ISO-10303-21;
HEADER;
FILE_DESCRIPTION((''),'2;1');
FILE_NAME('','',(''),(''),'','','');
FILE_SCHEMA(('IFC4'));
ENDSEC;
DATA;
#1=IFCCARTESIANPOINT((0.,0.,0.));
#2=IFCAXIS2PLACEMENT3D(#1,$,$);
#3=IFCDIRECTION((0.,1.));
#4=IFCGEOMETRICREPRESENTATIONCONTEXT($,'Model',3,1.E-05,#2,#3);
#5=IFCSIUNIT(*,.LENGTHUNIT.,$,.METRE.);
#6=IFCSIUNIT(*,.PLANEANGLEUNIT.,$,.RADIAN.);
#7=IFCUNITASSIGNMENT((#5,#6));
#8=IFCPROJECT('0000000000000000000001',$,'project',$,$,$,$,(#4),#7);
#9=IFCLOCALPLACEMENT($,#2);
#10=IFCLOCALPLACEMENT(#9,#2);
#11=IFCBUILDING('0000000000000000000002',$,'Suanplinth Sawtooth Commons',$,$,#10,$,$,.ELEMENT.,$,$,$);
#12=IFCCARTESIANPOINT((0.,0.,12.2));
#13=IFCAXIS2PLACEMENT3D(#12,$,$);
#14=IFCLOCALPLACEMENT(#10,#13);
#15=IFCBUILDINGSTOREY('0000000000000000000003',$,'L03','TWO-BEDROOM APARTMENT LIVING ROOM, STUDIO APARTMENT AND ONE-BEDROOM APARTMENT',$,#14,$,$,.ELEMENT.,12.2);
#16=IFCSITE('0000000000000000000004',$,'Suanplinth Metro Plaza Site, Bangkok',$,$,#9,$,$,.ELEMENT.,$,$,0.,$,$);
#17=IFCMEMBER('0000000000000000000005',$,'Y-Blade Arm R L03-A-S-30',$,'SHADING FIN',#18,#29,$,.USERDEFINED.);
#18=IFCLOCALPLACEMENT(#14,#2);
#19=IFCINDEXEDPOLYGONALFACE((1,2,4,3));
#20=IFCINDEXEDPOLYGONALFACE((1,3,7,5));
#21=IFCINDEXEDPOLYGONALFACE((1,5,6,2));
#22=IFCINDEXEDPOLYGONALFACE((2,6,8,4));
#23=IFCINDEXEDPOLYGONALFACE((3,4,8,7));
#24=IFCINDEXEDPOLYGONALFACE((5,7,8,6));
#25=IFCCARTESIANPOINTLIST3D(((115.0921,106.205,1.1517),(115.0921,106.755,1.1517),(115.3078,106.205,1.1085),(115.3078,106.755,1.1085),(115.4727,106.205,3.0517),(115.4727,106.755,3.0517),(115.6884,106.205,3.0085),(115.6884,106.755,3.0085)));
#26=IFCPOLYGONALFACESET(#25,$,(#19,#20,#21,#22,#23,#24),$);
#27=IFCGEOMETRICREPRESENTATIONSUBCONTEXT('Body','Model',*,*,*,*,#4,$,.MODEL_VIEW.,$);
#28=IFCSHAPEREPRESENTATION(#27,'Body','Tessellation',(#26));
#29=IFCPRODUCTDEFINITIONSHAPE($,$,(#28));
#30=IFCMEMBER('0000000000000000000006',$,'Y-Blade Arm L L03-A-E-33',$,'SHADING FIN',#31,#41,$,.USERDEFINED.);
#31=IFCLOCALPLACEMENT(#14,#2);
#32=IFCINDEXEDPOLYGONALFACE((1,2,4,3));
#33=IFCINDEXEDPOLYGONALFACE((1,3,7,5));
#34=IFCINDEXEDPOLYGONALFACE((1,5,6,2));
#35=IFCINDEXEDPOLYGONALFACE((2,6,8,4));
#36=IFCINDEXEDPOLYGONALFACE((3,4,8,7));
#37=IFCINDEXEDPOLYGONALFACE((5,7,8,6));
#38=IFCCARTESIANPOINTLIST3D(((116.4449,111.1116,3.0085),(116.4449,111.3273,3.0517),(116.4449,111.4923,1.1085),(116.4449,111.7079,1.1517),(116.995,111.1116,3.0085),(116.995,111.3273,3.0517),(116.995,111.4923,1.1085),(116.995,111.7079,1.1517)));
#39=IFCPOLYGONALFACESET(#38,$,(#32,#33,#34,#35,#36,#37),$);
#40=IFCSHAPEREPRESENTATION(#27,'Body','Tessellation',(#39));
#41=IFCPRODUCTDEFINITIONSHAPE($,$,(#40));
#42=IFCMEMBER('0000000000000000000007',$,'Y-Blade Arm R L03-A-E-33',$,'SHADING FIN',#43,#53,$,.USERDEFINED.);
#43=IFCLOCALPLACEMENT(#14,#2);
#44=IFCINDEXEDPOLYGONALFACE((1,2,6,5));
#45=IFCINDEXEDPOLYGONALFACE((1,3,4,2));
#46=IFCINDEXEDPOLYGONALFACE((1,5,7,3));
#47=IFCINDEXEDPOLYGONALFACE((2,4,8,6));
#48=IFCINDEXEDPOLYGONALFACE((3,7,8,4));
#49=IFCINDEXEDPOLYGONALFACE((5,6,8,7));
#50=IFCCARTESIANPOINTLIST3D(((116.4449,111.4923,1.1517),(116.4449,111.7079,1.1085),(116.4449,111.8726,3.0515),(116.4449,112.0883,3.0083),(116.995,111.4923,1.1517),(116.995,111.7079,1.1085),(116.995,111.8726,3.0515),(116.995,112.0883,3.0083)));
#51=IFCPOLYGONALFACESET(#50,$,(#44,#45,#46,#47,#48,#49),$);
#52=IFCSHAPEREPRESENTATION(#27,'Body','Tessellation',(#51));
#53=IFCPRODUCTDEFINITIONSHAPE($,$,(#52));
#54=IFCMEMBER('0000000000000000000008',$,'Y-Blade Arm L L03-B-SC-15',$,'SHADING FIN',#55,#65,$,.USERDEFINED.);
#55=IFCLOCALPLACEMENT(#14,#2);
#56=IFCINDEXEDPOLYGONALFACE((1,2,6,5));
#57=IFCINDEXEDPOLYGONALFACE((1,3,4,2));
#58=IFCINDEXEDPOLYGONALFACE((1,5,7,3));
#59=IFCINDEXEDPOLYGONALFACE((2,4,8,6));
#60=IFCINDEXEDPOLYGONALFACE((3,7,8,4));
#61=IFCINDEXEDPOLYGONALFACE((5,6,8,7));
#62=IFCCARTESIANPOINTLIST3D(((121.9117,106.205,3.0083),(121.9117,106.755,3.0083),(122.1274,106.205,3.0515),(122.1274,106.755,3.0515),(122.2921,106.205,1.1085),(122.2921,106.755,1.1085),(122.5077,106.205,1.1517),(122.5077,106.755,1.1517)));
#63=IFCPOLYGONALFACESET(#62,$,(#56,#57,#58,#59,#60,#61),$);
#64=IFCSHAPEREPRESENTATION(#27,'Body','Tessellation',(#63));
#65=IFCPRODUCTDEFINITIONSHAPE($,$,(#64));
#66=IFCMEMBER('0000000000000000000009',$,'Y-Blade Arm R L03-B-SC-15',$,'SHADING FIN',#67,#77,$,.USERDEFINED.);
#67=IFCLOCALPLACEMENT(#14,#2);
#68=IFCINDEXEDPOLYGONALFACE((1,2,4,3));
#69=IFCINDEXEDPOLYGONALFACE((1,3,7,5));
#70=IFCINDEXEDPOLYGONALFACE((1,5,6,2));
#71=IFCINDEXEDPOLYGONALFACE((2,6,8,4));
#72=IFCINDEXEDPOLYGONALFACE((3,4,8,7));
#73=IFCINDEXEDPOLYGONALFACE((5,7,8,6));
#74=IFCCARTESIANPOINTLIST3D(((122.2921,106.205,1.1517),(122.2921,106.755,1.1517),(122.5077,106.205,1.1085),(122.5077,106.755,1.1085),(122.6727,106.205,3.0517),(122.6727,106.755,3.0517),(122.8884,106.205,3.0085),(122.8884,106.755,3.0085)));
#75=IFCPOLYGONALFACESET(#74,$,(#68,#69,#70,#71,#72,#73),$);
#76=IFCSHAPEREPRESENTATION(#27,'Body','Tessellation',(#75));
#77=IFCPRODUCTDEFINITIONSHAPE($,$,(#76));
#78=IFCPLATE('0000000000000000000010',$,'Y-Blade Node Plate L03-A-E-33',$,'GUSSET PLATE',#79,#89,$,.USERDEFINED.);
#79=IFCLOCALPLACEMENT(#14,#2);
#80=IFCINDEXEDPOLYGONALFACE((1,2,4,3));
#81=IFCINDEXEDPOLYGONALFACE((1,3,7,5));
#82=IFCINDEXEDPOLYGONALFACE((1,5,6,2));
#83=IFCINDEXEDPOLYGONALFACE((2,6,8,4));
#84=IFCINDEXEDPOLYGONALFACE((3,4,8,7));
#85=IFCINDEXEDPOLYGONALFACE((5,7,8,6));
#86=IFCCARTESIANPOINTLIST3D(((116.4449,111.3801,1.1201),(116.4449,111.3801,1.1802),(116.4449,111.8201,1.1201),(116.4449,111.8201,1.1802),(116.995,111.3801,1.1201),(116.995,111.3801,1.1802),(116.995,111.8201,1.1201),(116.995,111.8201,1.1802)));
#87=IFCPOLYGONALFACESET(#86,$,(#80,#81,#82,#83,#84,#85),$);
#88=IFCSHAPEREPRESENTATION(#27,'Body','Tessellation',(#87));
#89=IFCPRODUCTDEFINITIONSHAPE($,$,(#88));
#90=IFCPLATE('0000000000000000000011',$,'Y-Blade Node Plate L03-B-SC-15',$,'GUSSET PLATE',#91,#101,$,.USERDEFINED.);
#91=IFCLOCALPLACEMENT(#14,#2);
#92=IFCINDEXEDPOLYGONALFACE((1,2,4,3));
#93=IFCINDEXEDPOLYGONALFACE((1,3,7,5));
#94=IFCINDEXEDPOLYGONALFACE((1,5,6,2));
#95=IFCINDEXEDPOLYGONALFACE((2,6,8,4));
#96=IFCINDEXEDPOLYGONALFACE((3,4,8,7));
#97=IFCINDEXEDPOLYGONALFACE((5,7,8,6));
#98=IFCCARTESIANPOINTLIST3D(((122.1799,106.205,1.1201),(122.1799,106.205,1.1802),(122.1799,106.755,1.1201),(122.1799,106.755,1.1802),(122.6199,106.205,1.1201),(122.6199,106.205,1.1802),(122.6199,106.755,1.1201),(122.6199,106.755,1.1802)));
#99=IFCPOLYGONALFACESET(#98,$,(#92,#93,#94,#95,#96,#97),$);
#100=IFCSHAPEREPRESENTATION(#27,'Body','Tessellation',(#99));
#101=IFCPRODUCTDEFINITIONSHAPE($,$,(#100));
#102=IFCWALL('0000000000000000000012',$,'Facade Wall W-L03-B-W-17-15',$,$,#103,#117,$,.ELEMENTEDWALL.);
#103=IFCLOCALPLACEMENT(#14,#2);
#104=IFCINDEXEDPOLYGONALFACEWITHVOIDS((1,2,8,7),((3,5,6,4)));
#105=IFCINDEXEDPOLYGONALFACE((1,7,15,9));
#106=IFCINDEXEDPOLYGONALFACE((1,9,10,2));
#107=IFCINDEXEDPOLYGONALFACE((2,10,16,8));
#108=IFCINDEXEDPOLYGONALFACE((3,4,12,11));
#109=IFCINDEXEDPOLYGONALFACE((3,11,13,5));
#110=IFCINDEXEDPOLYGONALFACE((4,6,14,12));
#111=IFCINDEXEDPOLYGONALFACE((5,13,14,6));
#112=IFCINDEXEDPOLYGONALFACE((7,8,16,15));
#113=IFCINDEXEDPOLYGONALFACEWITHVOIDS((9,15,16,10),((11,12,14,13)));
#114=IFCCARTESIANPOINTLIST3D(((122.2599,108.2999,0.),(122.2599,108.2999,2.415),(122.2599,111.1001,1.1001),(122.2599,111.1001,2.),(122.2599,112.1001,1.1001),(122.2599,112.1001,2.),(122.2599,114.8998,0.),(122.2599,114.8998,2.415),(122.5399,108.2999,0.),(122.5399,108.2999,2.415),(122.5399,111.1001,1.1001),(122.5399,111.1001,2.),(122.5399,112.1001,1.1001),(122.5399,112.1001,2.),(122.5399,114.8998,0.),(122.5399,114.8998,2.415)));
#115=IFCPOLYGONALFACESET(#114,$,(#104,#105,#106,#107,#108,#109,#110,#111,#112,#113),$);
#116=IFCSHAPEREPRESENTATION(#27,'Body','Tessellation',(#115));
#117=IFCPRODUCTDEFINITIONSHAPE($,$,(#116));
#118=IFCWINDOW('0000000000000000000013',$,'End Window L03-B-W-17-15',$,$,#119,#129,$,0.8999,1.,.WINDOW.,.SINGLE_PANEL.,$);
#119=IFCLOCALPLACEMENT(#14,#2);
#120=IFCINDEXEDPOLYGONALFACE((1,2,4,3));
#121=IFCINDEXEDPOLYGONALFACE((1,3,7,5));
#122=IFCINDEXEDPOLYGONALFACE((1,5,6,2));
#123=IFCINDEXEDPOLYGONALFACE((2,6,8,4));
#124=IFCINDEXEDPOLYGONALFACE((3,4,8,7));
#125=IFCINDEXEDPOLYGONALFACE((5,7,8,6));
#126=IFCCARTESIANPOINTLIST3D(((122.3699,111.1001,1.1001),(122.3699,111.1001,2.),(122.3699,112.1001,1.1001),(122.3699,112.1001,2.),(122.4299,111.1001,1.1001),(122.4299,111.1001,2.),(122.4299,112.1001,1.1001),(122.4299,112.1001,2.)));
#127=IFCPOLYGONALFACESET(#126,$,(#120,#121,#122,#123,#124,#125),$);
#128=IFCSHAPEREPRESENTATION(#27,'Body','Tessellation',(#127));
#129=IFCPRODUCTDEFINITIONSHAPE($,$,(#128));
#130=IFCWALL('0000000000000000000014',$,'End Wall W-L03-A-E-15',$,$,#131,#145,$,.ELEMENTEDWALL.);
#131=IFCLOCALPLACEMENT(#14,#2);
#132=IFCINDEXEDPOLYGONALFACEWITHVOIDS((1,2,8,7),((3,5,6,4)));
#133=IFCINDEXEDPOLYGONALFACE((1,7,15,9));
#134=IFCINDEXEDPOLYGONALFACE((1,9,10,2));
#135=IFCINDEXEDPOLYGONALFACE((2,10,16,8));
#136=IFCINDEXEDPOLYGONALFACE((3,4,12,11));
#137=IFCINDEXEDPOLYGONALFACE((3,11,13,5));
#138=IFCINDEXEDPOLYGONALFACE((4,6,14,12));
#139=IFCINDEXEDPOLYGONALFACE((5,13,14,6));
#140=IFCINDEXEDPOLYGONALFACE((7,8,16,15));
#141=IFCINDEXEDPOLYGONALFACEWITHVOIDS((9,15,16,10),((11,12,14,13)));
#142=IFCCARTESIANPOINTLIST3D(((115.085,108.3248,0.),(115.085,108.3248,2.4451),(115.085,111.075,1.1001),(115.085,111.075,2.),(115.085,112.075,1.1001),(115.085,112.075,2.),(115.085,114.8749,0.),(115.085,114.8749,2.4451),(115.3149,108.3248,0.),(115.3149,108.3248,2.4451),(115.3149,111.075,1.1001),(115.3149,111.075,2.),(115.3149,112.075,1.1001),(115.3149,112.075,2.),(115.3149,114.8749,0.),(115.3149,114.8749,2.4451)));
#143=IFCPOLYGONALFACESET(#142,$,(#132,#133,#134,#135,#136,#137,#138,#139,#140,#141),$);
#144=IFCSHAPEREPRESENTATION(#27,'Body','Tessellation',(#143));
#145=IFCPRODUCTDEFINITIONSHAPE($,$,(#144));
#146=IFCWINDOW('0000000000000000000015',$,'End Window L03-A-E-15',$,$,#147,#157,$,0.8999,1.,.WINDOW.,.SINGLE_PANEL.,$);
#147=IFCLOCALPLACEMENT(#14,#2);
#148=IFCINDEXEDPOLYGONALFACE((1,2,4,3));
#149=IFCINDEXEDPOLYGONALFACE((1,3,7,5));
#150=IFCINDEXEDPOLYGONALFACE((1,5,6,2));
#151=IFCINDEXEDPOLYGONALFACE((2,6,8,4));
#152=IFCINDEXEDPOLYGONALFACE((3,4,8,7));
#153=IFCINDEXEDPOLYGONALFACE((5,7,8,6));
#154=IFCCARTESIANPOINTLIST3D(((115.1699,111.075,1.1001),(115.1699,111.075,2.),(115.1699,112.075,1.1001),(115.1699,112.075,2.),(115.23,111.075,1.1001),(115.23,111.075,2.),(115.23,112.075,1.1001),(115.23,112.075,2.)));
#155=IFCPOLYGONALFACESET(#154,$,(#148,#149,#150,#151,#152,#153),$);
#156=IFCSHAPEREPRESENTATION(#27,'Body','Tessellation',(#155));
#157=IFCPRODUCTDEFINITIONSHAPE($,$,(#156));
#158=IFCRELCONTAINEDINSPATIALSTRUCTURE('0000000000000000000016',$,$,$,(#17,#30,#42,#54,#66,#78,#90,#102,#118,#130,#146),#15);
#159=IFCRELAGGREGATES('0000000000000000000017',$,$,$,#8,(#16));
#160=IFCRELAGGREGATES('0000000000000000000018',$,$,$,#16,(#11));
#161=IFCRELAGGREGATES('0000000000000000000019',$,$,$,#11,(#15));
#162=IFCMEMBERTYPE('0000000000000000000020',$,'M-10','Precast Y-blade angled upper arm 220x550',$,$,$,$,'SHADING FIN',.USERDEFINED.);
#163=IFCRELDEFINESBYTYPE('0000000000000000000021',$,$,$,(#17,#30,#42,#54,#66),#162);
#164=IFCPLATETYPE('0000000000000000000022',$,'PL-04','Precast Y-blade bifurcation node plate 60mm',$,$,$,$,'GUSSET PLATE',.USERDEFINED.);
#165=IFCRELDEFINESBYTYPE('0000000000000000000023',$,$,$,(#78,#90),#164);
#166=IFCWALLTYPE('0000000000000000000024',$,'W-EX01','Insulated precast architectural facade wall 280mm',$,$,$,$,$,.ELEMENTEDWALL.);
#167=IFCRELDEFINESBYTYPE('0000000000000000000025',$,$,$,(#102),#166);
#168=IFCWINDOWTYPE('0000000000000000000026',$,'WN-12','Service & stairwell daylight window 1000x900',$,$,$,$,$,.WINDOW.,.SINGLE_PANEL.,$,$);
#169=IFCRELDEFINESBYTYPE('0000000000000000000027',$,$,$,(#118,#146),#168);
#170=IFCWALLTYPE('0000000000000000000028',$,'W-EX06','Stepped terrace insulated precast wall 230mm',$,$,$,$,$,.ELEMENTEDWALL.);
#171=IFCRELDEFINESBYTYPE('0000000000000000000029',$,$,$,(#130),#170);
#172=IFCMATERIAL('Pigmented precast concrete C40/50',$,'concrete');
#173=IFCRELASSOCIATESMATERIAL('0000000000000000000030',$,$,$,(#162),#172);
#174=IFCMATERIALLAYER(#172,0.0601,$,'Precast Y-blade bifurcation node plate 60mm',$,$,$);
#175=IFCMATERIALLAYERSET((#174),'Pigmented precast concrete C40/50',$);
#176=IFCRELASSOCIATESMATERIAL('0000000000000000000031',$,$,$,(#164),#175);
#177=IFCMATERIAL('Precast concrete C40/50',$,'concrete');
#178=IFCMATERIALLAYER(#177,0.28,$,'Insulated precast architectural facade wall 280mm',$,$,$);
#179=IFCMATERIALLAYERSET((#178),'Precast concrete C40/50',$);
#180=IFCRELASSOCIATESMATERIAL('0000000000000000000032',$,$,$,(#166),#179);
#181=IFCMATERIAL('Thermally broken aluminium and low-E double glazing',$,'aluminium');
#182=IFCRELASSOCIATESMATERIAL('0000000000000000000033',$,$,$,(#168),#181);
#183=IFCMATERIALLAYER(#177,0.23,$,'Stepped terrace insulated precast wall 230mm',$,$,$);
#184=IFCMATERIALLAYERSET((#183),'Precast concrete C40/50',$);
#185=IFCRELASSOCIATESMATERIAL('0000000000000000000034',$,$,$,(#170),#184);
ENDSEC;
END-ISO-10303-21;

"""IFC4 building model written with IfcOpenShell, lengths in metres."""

from ifc_helpers import new_model, si_unit, direction, frame, frame_2d, origin, origin_2d, place, context, subcontext, project, spatial, rectangle, extrude, material, layer, layer_set, material_profile, profile_set, type_object, element, fill, save


model = new_model("IFC4")

# Units and contexts
model_context = context("Model", 3, precision=1e-05, world=origin(), true_north=direction((0.0, 1.0)))
body_context = subcontext(model_context, "Body", "Model", "MODEL_VIEW")
ifc_project = project(units=[si_unit("LENGTHUNIT", "METRE"), si_unit("PLANEANGLEUNIT", "RADIAN")], contexts=[model_context])

# Site, building, storey
site_placement = place(None, origin())
site = spatial("IfcSite", under=ifc_project, at=site_placement, Name="Suanplinth Metro Plaza Site, Bangkok", CompositionType="ELEMENT", RefElevation=0.0)
building_placement = place(site_placement, origin())
building = spatial("IfcBuilding", under=site, at=building_placement, Name="Suanplinth Sawtooth Commons", CompositionType="ELEMENT")
storey_placement = place(building_placement, frame((0.0, 0.0, 12.2)))
storey = spatial("IfcBuildingStorey", under=building, at=storey_placement, Name="L03", Description="TWO-BEDROOM APARTMENT LIVING ROOM, STUDIO APARTMENT AND ONE-BEDROOM APARTMENT", CompositionType="ELEMENT", Elevation=12.2)

# Shared definitions
ifc_material_1 = material(Name="Precast concrete C40/50", Category="concrete")

# Members
ifc_material_2 = material(Name="Pigmented precast concrete C40/50", Category="concrete")
ifc_material_profile_1 = material_profile(ifc_material_2, rectangle(XDim=0.22, YDim=0.55, at=origin_2d()), Name="PC-FIN 220x550")
ifc_profile_set_1 = profile_set([ifc_material_profile_1], Name="Pigmented precast concrete C40/50")
member_type_1 = type_object("IfcMemberType", Name="M-10", Description="Precast Y-blade angled upper arm 220x550", ElementType="SHADING FIN", PredefinedType="USERDEFINED", material=ifc_profile_set_1)
for number, where, z_axis, x_axis, name in (
    (1, (115.2, 106.48, 1.1301), (0.196431, 0.0, 0.980518), (-0.980518, 0.0, 0.196431), "Y-Blade Arm R L03-A-S-30"),
    (2, (116.72, 111.6001, 1.1301), (0.0, -0.196431, 0.980518), (0.0, 0.980518, 0.196431), "Y-Blade Arm L L03-A-E-33"),
):
    element("IfcMember", number, at=place(storey_placement, frame(where, z_axis=z_axis, x_axis=x_axis)), inside=storey, type_object=member_type_1, Name=name, ObjectType="SHADING FIN", PredefinedType="USERDEFINED", context=body_context, shape_type="SweptSolid", body=[
        extrude(rectangle(XDim=0.22, YDim=0.55, at=origin_2d()), origin(), (0.0, 0.0, 1.0), 1.9377),
    ])
for number, where, z_axis, x_axis, name in (
    (3, (116.72, 111.6001, 1.1301), (0.0, 0.19631, 0.980542), (0.0, -0.980542, 0.19631), "Y-Blade Arm R L03-A-E-33"),
    (4, (122.3999, 106.48, 1.1301), (-0.19631, 0.0, 0.980542), (0.980542, 0.0, 0.19631), "Y-Blade Arm L L03-B-SC-15"),
):
    element("IfcMember", number, at=place(storey_placement, frame(where, z_axis=z_axis, x_axis=x_axis)), inside=storey, type_object=member_type_1, Name=name, ObjectType="SHADING FIN", PredefinedType="USERDEFINED", context=body_context, shape_type="SweptSolid", body=[
        extrude(rectangle(XDim=0.22, YDim=0.55, at=origin_2d()), origin(), (0.0, 0.0, 1.0), 1.9375),
    ])
member_placement = place(storey_placement, frame((122.3999, 106.48, 1.1301), z_axis=(0.196431, 0.0, 0.980518), x_axis=(-0.980518, 0.0, 0.196431)))
element("IfcMember", 5, at=member_placement, inside=storey, type_object=member_type_1, Name="Y-Blade Arm R L03-B-SC-15", ObjectType="SHADING FIN", PredefinedType="USERDEFINED", context=body_context, shape_type="SweptSolid", body=[
    extrude(rectangle(XDim=0.22, YDim=0.55, at=origin_2d()), origin(), (0.0, 0.0, 1.0), 1.9377),
])

# Plates
ifc_layer_1 = layer(ifc_material_2, 0.0601, Name="Precast Y-blade bifurcation node plate 60mm")
ifc_layer_set_1 = layer_set([ifc_layer_1], Name="Pigmented precast concrete C40/50")
plate_type = type_object("IfcPlateType", Name="PL-04", Description="Precast Y-blade bifurcation node plate 60mm", ElementType="GUSSET PLATE", PredefinedType="USERDEFINED", material=ifc_layer_set_1)
for number, where, z_axis, x_axis, name in (
    (6, (116.72, 111.6001, 1.1201), (0.0, 0.0, 1.0), (0.0, 1.0, 0.0), "Y-Blade Node Plate L03-A-E-33"),
    (7, (122.3999, 106.48, 1.1201), (0.0, 0.0, 1.0), (1.0, 0.0, 0.0), "Y-Blade Node Plate L03-B-SC-15"),
):
    element("IfcPlate", number, at=place(storey_placement, frame(where, z_axis=z_axis, x_axis=x_axis)), inside=storey, type_object=plate_type, Name=name, ObjectType="GUSSET PLATE", PredefinedType="USERDEFINED", context=body_context, shape_type="SweptSolid", body=[
        extrude(rectangle(XDim=0.4399, YDim=0.55, at=origin_2d()), origin(), (0.0, 0.0, 1.0), 0.0601),
    ])

# Shared definitions
ifc_layer_2 = layer(ifc_material_1, 0.28, Name="Insulated precast architectural facade wall 280mm")
ifc_layer_set_2 = layer_set([ifc_layer_2], Name="Precast concrete C40/50")
wall_type_1 = type_object("IfcWallType", Name="W-EX01", Description="Insulated precast architectural facade wall 280mm", PredefinedType="ELEMENTEDWALL", material=ifc_layer_set_2)
ifc_material_3 = material(Name="Thermally broken aluminium and low-E double glazing", Category="aluminium")

# Walls, openings, windows
wall_1_placement = place(storey_placement, frame((122.3999, 108.3, 0.0), z_axis=(0.0, 0.0, 1.0), x_axis=(0.0, 1.0, 0.0)))
wall_1 = element("IfcWall", 8, at=wall_1_placement, inside=storey, type_object=wall_type_1, Name="Facade Wall W-L03-B-W-17-15", PredefinedType="ELEMENTEDWALL", context=body_context, shape_type="SweptSolid", body=[
    extrude(rectangle(XDim=6.5999, YDim=0.28, at=frame_2d((3.2998, 0.0))), origin(), (0.0, 0.0, 1.0), 2.415),
])
opening_1_placement = place(wall_1_placement, frame((2.8, 0.0, 1.1001)))
opening_1 = element("IfcOpeningElement", 9, at=opening_1_placement, cuts=wall_1, PredefinedType="OPENING", context=body_context, shape_type="SweptSolid", body=[
    extrude(rectangle(XDim=1.0, YDim=0.8999, at=frame_2d((0.5, 0.45))), frame((0.0, 0.1548, 0.0), z_axis=(0.0, -1.0, 0.0), x_axis=(1.0, 0.0, 0.0)), (0.0, 0.0, 1.0), 0.3098),
])
window_type_1 = type_object("IfcWindowType", Name="WN-12", Description="Service & stairwell daylight window 1000x900", PartitioningType="SINGLE_PANEL", PredefinedType="WINDOW", material=ifc_material_3)
window_1_placement = place(opening_1_placement, origin())
window_1 = element("IfcWindow", 10, at=window_1_placement, inside=storey, type_object=window_type_1, Name="End Window L03-B-W-17-15", OverallHeight=0.8999, OverallWidth=1.0, PartitioningType="SINGLE_PANEL", PredefinedType="WINDOW", context=body_context, shape_type="SweptSolid", body=[
    extrude(rectangle(XDim=1.0, YDim=0.8999, at=frame_2d((0.5, 0.45))), frame((0.0, 0.03, 0.0), z_axis=(0.0, -1.0, 0.0), x_axis=(1.0, 0.0, 0.0)), (0.0, 0.0, 1.0), 0.0601),
])
fill(opening_1, window_1)
ifc_layer_3 = layer(ifc_material_1, 0.23, Name="Stepped terrace insulated precast wall 230mm")
ifc_layer_set_3 = layer_set([ifc_layer_3], Name="Precast concrete C40/50")
wall_type_2 = type_object("IfcWallType", Name="W-EX06", Description="Stepped terrace insulated precast wall 230mm", PredefinedType="ELEMENTEDWALL", material=ifc_layer_set_3)
wall_2_placement = place(storey_placement, frame((115.2, 108.325, 0.0), z_axis=(0.0, 0.0, 1.0), x_axis=(0.0, 1.0, 0.0)))
wall_2 = element("IfcWall", 11, at=wall_2_placement, inside=storey, type_object=wall_type_2, Name="End Wall W-L03-A-E-15", PredefinedType="ELEMENTEDWALL", context=body_context, shape_type="SweptSolid", body=[
    extrude(rectangle(XDim=6.55, YDim=0.23, at=frame_2d((3.2749, 0.0))), origin(), (0.0, 0.0, 1.0), 2.4451),
])
opening_2_placement = place(wall_2_placement, frame((2.75, 0.0, 1.1001)))
opening_2 = element("IfcOpeningElement", 12, at=opening_2_placement, cuts=wall_2, PredefinedType="OPENING", context=body_context, shape_type="SweptSolid", body=[
    extrude(rectangle(XDim=1.0, YDim=0.8999, at=frame_2d((0.5, 0.45))), frame((0.0, 0.1299, 0.0), z_axis=(0.0, -1.0, 0.0), x_axis=(1.0, 0.0, 0.0)), (0.0, 0.0, 1.0), 0.2598),
])
window_2_placement = place(opening_2_placement, origin())
window_2 = element("IfcWindow", 13, at=window_2_placement, inside=storey, type_object=window_type_1, Name="End Window L03-A-E-15", OverallHeight=0.8999, OverallWidth=1.0, PartitioningType="SINGLE_PANEL", PredefinedType="WINDOW", context=body_context, shape_type="SweptSolid", body=[
    extrude(rectangle(XDim=1.0, YDim=0.8999, at=frame_2d((0.5, 0.45))), frame((0.0, 0.03, 0.0), z_axis=(0.0, -1.0, 0.0), x_axis=(1.0, 0.0, 0.0)), (0.0, 0.0, 1.0), 0.0601),
])
fill(opening_2, window_2)

save(model, "model.ifc")
